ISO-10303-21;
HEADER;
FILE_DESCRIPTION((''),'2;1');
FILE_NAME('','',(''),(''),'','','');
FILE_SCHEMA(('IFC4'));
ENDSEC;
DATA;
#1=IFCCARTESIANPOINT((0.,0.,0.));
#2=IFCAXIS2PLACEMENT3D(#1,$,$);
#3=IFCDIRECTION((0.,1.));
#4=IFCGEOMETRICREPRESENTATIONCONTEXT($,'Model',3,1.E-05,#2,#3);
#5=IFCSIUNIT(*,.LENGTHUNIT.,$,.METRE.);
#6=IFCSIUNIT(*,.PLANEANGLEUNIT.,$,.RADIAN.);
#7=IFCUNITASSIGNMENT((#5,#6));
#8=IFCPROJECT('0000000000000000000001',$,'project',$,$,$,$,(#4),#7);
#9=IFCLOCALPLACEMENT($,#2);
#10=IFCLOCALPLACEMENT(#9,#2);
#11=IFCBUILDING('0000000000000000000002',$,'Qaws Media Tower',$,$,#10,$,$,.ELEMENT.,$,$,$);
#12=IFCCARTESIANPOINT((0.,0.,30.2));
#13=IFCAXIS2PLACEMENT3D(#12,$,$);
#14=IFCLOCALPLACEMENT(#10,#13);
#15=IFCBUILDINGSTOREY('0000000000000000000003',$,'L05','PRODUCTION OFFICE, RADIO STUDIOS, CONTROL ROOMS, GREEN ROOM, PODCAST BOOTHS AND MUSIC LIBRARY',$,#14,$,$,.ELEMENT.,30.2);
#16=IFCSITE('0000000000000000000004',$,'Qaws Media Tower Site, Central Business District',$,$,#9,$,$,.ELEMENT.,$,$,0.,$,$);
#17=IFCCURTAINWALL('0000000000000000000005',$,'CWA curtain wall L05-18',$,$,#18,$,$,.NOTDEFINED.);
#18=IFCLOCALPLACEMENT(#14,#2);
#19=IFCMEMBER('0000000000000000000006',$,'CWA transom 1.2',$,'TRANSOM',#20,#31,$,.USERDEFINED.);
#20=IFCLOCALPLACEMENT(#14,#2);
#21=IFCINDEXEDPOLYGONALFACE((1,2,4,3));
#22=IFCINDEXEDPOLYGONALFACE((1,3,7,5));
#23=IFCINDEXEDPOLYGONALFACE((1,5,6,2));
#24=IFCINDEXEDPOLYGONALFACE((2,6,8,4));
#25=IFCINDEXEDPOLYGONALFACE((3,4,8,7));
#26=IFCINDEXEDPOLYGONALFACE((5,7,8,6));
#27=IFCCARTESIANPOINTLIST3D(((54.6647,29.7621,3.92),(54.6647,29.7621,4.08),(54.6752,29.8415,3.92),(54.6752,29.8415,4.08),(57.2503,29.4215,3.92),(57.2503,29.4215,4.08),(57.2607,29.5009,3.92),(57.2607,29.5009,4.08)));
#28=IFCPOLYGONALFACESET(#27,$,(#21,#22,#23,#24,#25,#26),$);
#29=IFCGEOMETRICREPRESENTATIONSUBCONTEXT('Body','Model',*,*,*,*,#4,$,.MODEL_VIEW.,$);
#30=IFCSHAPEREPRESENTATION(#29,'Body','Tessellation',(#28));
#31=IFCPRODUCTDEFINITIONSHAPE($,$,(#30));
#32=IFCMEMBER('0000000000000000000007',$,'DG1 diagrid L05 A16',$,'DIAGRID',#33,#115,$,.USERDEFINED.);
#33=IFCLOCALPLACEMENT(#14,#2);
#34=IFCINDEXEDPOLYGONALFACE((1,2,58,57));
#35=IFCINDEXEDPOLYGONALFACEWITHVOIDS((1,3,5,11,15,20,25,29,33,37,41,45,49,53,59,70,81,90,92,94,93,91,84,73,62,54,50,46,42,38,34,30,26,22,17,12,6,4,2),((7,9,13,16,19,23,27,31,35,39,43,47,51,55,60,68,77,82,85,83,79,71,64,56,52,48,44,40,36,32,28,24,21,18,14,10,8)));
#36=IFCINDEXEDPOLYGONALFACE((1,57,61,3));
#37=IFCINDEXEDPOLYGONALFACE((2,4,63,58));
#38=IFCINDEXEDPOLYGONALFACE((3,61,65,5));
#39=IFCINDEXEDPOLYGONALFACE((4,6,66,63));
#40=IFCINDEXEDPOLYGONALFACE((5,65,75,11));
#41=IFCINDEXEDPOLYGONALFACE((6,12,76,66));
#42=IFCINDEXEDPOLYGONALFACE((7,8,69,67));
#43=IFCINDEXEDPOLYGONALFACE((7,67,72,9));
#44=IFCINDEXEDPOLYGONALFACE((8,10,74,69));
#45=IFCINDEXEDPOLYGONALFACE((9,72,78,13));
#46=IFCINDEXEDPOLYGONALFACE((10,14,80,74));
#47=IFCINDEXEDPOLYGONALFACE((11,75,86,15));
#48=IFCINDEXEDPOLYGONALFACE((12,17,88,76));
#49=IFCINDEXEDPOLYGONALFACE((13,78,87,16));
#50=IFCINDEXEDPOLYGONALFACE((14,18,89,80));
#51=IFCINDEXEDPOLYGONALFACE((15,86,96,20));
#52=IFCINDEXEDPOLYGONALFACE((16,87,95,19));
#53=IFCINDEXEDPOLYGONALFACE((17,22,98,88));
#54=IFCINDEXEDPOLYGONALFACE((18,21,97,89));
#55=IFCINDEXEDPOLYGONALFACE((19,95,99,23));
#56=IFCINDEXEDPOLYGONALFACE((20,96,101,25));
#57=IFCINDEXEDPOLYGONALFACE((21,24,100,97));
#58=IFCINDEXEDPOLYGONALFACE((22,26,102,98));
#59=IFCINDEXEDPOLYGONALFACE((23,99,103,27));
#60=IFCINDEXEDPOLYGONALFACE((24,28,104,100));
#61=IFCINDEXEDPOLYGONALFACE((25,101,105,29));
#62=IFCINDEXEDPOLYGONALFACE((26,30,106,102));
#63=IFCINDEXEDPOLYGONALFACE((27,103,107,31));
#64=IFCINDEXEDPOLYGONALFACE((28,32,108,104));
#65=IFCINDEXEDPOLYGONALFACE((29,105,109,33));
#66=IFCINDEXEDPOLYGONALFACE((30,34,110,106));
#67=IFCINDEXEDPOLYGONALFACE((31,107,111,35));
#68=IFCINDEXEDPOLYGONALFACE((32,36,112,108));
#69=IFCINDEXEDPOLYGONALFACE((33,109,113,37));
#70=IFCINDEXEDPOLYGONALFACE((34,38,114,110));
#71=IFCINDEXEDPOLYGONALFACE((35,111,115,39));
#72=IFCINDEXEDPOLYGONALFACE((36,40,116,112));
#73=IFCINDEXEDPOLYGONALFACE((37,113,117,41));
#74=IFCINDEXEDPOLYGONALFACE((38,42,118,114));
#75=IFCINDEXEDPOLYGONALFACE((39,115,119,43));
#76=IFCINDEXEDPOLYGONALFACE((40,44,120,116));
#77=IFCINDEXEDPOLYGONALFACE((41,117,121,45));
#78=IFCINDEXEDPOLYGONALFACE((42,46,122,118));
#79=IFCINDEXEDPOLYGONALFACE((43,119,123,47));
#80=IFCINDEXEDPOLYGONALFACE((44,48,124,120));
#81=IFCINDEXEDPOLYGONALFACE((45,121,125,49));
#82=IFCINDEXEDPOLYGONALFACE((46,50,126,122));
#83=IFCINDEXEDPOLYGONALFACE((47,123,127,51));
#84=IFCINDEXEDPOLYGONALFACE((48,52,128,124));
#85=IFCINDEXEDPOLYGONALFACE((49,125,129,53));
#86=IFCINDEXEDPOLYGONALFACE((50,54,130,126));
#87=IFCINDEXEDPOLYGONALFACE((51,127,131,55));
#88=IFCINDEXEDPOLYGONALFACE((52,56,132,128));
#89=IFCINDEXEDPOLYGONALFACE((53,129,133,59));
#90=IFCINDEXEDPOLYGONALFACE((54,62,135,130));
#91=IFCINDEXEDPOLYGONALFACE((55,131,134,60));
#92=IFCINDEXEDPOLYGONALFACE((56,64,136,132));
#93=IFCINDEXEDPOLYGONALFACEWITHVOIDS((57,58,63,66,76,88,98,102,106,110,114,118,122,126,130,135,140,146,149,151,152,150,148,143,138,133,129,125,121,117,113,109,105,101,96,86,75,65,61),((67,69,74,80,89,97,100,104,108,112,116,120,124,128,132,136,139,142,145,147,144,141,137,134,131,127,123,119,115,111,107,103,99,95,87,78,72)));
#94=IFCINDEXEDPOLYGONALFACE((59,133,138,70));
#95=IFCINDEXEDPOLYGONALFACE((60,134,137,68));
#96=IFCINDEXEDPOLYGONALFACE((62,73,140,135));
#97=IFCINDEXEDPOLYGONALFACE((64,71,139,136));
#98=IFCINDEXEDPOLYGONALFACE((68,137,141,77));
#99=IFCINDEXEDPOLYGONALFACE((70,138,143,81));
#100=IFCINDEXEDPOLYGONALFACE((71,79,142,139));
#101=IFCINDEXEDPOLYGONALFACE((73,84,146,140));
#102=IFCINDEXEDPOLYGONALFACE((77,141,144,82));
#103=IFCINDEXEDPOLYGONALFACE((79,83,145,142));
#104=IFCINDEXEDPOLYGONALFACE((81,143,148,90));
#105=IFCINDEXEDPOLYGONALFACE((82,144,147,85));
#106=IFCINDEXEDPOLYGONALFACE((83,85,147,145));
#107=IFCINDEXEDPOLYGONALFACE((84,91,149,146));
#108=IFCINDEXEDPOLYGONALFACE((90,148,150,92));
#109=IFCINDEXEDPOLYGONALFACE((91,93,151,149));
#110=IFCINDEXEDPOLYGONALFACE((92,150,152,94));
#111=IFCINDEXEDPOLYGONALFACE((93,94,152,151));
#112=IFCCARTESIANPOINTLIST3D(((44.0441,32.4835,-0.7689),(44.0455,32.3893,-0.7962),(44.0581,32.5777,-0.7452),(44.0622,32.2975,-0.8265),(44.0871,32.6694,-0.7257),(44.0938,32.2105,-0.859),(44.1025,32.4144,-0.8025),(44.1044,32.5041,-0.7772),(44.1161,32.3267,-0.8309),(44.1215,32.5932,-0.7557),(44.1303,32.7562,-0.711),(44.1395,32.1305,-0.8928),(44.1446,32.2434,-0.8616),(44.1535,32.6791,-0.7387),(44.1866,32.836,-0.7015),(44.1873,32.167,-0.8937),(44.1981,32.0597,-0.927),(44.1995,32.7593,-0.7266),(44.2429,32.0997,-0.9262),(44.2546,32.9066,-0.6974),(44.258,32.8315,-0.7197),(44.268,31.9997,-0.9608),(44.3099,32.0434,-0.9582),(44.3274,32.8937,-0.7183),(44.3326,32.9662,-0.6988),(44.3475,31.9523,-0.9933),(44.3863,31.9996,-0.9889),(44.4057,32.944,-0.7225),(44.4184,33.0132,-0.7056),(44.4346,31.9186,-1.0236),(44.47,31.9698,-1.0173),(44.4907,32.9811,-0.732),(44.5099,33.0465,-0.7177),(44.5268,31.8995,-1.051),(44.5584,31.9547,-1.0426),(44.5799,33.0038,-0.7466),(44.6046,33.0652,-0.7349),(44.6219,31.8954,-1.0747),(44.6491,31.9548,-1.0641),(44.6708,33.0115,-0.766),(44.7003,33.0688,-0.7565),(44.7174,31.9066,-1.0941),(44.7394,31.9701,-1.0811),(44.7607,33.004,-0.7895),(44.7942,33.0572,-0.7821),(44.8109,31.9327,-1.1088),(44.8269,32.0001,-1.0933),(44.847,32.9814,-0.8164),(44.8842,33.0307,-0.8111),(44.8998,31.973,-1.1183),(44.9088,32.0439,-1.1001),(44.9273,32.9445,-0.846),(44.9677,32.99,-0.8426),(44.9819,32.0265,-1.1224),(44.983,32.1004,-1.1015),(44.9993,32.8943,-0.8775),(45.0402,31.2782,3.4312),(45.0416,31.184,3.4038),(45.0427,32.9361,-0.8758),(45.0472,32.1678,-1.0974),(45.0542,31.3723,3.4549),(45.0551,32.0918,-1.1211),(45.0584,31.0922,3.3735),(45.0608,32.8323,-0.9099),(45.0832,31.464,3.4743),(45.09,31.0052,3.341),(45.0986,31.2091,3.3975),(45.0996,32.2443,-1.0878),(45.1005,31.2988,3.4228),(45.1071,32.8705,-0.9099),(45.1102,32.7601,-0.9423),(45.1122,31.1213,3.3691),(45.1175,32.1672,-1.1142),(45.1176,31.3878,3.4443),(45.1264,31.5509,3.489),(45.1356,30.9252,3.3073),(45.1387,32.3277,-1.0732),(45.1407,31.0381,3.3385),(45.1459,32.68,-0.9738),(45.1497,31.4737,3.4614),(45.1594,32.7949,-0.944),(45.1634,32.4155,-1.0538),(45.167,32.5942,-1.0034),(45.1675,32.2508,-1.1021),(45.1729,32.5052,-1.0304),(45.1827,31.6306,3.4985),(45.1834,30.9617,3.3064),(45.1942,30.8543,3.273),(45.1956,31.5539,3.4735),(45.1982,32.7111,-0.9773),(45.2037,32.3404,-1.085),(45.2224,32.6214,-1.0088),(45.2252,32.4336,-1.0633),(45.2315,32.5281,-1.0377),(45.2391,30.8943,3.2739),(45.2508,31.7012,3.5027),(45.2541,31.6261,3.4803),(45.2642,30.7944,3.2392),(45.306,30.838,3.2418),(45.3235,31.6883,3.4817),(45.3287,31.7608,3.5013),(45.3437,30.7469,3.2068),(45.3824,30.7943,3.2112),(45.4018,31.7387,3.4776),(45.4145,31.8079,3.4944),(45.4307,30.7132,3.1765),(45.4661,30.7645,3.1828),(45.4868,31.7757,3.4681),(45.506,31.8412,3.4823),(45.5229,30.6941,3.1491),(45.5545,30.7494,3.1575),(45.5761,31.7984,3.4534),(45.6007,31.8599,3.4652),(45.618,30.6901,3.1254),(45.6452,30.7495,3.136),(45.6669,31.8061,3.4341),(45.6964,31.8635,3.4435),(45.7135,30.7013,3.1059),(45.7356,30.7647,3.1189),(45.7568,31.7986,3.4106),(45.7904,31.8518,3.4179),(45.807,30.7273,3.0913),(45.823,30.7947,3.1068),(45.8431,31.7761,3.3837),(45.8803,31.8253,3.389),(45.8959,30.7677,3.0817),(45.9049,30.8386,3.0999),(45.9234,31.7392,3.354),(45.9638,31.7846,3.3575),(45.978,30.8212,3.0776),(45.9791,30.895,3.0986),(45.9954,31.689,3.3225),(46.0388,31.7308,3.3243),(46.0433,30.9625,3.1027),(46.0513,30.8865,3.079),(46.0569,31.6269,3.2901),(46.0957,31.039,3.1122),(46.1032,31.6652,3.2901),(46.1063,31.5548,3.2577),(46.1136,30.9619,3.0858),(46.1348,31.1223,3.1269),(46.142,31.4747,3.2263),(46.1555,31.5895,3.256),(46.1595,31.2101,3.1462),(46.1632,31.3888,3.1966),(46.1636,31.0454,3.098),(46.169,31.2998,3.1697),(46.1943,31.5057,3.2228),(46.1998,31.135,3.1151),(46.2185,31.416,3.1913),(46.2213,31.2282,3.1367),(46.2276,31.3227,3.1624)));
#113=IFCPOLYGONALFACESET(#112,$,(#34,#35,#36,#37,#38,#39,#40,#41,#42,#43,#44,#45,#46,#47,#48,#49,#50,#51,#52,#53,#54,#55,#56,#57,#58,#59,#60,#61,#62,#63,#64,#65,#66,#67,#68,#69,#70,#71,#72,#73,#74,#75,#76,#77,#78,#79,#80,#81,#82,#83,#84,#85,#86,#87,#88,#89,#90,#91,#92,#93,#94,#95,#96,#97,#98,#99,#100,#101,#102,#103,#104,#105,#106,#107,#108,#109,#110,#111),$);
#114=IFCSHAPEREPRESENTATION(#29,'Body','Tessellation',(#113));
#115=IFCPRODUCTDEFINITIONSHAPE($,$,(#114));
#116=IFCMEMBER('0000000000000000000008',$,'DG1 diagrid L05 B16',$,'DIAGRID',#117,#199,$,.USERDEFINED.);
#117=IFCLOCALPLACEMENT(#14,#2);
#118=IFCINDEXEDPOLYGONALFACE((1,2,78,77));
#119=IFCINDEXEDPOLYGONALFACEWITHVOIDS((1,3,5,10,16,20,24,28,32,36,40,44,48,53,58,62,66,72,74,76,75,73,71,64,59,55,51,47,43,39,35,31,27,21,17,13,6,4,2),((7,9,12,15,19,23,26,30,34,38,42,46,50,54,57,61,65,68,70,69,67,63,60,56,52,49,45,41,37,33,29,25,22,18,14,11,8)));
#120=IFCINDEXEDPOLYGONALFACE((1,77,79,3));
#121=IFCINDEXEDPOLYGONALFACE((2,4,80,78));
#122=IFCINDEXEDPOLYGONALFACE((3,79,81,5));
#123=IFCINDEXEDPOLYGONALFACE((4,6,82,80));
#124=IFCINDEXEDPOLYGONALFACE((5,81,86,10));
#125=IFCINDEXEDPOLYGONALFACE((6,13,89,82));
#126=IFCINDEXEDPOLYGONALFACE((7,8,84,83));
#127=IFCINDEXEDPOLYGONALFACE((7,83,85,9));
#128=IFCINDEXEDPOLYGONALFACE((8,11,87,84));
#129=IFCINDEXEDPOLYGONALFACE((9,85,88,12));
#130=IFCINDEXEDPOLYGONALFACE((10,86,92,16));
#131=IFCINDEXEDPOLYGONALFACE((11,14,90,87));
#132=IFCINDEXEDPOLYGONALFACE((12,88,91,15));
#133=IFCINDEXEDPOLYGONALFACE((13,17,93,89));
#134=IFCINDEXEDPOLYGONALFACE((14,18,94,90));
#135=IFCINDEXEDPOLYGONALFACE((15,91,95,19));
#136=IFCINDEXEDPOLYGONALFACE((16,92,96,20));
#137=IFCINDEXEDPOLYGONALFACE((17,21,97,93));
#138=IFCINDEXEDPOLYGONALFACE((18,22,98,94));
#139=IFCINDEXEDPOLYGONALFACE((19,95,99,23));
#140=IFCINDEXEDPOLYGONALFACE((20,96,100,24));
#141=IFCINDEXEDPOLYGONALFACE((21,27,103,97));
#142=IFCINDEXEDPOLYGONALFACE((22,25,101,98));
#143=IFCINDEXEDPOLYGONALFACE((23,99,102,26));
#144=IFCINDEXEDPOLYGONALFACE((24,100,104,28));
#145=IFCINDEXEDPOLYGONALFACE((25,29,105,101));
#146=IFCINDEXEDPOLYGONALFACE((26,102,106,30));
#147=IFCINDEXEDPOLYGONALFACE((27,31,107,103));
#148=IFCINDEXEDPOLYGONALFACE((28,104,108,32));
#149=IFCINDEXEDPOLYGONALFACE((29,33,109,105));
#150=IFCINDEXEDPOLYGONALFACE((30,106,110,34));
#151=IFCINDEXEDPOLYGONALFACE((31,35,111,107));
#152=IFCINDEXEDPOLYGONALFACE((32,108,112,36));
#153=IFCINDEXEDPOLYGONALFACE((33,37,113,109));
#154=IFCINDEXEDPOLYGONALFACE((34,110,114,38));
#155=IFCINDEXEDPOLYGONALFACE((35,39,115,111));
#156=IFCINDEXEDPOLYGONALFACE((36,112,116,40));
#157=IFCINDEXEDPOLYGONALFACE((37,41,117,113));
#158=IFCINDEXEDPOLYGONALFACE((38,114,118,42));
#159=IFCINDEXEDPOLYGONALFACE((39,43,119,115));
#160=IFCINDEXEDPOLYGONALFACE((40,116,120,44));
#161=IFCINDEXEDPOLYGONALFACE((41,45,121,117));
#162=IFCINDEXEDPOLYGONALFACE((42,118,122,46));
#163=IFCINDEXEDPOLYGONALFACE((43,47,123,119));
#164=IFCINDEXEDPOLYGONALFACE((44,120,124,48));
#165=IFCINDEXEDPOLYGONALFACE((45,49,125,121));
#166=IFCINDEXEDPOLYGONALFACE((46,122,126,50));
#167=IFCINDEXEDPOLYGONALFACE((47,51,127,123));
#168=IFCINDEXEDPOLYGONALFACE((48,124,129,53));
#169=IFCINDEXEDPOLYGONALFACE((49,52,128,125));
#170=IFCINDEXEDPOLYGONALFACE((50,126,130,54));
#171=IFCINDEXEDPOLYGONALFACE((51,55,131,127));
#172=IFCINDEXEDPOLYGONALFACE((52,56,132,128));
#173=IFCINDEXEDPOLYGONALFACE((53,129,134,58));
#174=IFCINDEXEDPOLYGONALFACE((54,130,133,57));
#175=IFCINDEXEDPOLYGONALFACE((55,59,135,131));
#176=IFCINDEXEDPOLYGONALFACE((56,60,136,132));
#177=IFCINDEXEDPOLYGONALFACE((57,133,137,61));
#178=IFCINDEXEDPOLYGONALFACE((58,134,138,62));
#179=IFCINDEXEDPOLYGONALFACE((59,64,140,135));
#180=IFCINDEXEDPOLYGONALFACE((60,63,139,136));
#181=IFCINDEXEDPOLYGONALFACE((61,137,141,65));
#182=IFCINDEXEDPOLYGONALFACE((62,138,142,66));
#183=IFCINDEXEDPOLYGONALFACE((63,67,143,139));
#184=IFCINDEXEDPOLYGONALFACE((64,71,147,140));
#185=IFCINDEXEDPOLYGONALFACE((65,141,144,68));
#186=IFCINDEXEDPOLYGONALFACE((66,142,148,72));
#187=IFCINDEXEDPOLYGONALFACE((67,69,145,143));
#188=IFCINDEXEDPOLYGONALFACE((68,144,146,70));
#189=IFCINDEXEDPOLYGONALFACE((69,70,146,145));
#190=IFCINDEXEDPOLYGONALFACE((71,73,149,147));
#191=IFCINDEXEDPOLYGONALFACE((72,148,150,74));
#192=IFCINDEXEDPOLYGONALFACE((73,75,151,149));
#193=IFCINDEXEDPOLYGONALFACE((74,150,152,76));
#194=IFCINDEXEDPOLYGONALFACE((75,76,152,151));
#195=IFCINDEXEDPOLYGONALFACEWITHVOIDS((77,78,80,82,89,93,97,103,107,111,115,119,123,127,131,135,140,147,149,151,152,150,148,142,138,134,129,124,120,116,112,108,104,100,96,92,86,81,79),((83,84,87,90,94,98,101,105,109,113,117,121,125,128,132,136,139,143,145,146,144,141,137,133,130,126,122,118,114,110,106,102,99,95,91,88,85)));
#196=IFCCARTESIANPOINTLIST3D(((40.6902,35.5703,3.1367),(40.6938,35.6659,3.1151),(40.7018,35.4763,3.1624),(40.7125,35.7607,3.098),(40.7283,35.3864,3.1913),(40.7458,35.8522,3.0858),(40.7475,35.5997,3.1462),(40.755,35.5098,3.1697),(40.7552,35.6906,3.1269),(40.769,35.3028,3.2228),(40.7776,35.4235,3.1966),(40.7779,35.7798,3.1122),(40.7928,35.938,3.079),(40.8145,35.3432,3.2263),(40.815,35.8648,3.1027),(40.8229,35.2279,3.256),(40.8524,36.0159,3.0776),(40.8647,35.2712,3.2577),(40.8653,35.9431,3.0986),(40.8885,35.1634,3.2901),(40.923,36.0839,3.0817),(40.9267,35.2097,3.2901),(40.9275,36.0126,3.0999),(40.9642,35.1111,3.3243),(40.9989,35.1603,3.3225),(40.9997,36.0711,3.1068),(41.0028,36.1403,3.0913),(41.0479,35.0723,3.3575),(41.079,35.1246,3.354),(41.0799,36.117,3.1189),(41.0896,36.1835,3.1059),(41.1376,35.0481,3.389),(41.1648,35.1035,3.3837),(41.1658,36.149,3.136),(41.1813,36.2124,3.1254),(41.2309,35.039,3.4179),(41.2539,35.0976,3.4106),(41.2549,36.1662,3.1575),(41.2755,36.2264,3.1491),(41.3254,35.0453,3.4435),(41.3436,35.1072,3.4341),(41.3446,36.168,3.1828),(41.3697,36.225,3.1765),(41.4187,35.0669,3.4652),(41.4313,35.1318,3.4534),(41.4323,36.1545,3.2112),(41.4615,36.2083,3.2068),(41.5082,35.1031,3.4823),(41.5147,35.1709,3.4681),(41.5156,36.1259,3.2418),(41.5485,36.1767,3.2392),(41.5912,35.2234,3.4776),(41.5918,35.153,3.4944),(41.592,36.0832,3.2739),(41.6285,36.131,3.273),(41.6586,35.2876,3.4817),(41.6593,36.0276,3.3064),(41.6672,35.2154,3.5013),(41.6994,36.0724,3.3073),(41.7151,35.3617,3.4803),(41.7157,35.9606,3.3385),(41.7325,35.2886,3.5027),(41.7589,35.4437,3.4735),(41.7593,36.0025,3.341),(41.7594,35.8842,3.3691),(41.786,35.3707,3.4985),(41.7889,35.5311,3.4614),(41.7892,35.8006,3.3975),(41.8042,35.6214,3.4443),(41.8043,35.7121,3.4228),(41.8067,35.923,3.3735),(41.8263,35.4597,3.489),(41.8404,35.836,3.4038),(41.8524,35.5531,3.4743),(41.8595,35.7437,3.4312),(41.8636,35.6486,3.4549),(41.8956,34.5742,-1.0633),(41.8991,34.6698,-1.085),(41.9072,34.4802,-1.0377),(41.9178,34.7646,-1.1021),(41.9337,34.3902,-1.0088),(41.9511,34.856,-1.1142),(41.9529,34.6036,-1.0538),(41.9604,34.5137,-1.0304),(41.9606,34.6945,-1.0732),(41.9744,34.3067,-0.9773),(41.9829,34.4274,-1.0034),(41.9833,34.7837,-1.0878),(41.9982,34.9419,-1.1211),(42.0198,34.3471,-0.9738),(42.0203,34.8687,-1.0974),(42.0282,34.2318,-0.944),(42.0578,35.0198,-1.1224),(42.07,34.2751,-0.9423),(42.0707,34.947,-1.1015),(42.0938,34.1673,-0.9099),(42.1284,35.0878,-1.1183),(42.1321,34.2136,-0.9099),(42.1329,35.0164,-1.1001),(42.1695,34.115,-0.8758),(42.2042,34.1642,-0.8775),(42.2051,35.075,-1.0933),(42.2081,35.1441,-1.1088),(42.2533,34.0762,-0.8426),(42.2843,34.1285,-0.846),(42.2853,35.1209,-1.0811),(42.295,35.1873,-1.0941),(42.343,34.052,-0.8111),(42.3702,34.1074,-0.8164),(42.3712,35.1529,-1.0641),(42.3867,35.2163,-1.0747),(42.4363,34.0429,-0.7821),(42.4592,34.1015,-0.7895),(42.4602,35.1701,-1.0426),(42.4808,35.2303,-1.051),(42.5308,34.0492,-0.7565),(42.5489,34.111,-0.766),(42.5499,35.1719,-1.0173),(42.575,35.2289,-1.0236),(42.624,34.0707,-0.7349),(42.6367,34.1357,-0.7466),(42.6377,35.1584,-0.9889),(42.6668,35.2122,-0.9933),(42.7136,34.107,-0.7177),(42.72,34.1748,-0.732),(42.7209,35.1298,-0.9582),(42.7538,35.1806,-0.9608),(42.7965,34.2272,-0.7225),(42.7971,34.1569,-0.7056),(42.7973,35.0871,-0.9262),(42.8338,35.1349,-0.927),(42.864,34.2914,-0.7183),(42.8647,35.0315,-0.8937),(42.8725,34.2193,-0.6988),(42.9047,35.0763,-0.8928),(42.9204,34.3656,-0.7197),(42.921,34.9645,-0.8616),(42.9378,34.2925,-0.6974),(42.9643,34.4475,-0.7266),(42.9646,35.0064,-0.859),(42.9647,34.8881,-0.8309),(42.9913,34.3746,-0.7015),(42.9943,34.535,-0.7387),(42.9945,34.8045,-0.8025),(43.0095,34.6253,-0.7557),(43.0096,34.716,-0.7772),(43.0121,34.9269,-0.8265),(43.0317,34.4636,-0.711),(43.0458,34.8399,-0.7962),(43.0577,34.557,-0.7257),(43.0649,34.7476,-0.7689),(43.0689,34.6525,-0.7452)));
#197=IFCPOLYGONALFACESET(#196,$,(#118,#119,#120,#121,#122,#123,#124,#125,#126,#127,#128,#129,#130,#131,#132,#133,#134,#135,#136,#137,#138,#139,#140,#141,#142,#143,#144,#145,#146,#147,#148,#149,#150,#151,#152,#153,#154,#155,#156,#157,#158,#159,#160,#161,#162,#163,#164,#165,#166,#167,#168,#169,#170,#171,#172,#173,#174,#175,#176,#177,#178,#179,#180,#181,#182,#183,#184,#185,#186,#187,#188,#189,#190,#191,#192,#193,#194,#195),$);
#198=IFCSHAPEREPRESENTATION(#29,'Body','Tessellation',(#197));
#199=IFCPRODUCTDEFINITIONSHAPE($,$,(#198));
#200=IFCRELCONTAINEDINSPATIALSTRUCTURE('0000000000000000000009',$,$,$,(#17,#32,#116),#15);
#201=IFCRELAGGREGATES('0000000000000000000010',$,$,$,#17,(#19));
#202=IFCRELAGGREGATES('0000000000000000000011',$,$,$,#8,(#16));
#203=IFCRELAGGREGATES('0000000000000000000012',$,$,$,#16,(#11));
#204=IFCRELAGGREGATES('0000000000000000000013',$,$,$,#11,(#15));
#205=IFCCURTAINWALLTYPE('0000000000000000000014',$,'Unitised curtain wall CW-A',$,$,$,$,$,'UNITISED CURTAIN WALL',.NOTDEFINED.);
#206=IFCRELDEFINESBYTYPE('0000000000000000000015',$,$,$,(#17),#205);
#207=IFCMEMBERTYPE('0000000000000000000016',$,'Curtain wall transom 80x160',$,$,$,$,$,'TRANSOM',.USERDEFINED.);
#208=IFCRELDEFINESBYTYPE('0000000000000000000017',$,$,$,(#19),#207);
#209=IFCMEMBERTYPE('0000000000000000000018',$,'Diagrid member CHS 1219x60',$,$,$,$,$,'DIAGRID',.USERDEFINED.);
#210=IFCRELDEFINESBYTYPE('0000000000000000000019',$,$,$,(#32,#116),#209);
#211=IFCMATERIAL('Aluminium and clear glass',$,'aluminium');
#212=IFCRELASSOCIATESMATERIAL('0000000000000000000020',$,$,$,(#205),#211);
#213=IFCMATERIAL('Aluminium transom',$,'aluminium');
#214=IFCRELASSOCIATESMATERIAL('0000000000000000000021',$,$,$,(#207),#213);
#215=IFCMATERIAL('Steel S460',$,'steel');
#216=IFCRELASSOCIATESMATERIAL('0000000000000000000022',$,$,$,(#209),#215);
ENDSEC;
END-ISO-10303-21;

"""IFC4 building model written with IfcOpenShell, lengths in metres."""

from ifc_helpers import new_model, si_unit, direction, frame, origin, origin_2d, place, context, subcontext, project, spatial, rectangle, hollow_circle, extrude, material, material_profile, profile_set, type_object, element, aggregate, save


model = new_model("IFC4")

# Units and contexts
model_context = context("Model", 3, precision=1e-05, world=origin(), true_north=direction((0.0, 1.0)))
body_context = subcontext(model_context, "Body", "Model", "MODEL_VIEW")
ifc_project = project(units=[si_unit("LENGTHUNIT", "METRE"), si_unit("PLANEANGLEUNIT", "RADIAN")], contexts=[model_context])

# Site, building, storey
site_placement = place(None, origin())
site = spatial("IfcSite", under=ifc_project, at=site_placement, Name="Qaws Media Tower Site, Central Business District", CompositionType="ELEMENT", RefElevation=0.0)
building_placement = place(site_placement, origin())
building = spatial("IfcBuilding", under=site, at=building_placement, Name="Qaws Media Tower", CompositionType="ELEMENT")
storey_placement = place(building_placement, frame((0.0, 0.0, 30.2)))
storey = spatial("IfcBuildingStorey", under=building, at=storey_placement, Name="L05", Description="PRODUCTION OFFICE, RADIO STUDIOS, CONTROL ROOMS, GREEN ROOM, PODCAST BOOTHS AND MUSIC LIBRARY", CompositionType="ELEMENT", Elevation=30.2)

# Shared definitions
ifc_material_1 = material(Name="Aluminium and clear glass", Category="aluminium")
curtain_wall_type = type_object("IfcCurtainWallType", Name="Unitised curtain wall CW-A", ElementType="UNITISED CURTAIN WALL", PredefinedType="NOTDEFINED", material=ifc_material_1)

# Curtain wall
curtain_wall_1_placement = place(storey_placement, origin())
curtain_wall_1 = element("IfcCurtainWall", 1, at=curtain_wall_1_placement, inside=storey, type_object=curtain_wall_type, Name="CWA curtain wall L05-18", PredefinedType="NOTDEFINED")

# Member
ifc_material_2 = material(Name="Aluminium transom", Category="aluminium")
ifc_material_profile_1 = material_profile(ifc_material_2, rectangle(XDim=0.0801, YDim=0.1599, at=origin_2d()), Name="80x160")
ifc_profile_set_1 = profile_set([ifc_material_profile_1], Name="Aluminium transom")
member_type_1 = type_object("IfcMemberType", Name="Curtain wall transom 80x160", ElementType="TRANSOM", PredefinedType="USERDEFINED", material=ifc_profile_set_1)
member_1_placement = place(storey_placement, frame((54.6699, 29.8018, 4.0), z_axis=(0.991437, -0.130588, 0.0), x_axis=(0.130588, 0.991437, 0.0)))
member_1 = element("IfcMember", 2, at=member_1_placement, type_object=member_type_1, Name="CWA transom 1.2", ObjectType="TRANSOM", PredefinedType="USERDEFINED", context=body_context, shape_type="SweptSolid", body=[
    extrude(rectangle(XDim=0.0801, YDim=0.1599, at=origin_2d()), origin(), (0.0, 0.0, 1.0), 2.6079),
])
aggregate(curtain_wall_1, [member_1])

# Members
ifc_material_3 = material(Name="Steel S460", Category="steel")
ifc_material_profile_2 = material_profile(ifc_material_3, hollow_circle(Radius=0.6096, WallThickness=0.0601, at=origin_2d()), Name="CHS 1219x60")
ifc_profile_set_2 = profile_set([ifc_material_profile_2], Name="Steel S460")
member_type_2 = type_object("IfcMemberType", Name="Diagrid member CHS 1219x60", ElementType="DIAGRID", PredefinedType="USERDEFINED", material=ifc_profile_set_2)
for number, where, z_axis, x_axis, name in (
    (3, (44.6372, 32.4822, -0.9099), (0.222264, -0.26895, 0.937158), (0.770838, 0.637031, 0.0), "DG1 diagrid L05 A16"),
    (4, (42.4822, 34.6372, -0.9099), (-0.26895, 0.222264, 0.937158), (-0.637031, -0.770838, 0.0), "DG1 diagrid L05 B16"),
):
    element("IfcMember", number, at=place(storey_placement, frame(where, z_axis=z_axis, x_axis=x_axis)), inside=storey, type_object=member_type_2, Name=name, ObjectType="DIAGRID", PredefinedType="USERDEFINED", context=body_context, shape_type="SweptSolid", body=[
        extrude(hollow_circle(Radius=0.6096, WallThickness=0.0601, at=origin_2d()), origin(), (0.0, 0.0, 1.0), 4.4817),
    ])

save(model, "model.ifc")
